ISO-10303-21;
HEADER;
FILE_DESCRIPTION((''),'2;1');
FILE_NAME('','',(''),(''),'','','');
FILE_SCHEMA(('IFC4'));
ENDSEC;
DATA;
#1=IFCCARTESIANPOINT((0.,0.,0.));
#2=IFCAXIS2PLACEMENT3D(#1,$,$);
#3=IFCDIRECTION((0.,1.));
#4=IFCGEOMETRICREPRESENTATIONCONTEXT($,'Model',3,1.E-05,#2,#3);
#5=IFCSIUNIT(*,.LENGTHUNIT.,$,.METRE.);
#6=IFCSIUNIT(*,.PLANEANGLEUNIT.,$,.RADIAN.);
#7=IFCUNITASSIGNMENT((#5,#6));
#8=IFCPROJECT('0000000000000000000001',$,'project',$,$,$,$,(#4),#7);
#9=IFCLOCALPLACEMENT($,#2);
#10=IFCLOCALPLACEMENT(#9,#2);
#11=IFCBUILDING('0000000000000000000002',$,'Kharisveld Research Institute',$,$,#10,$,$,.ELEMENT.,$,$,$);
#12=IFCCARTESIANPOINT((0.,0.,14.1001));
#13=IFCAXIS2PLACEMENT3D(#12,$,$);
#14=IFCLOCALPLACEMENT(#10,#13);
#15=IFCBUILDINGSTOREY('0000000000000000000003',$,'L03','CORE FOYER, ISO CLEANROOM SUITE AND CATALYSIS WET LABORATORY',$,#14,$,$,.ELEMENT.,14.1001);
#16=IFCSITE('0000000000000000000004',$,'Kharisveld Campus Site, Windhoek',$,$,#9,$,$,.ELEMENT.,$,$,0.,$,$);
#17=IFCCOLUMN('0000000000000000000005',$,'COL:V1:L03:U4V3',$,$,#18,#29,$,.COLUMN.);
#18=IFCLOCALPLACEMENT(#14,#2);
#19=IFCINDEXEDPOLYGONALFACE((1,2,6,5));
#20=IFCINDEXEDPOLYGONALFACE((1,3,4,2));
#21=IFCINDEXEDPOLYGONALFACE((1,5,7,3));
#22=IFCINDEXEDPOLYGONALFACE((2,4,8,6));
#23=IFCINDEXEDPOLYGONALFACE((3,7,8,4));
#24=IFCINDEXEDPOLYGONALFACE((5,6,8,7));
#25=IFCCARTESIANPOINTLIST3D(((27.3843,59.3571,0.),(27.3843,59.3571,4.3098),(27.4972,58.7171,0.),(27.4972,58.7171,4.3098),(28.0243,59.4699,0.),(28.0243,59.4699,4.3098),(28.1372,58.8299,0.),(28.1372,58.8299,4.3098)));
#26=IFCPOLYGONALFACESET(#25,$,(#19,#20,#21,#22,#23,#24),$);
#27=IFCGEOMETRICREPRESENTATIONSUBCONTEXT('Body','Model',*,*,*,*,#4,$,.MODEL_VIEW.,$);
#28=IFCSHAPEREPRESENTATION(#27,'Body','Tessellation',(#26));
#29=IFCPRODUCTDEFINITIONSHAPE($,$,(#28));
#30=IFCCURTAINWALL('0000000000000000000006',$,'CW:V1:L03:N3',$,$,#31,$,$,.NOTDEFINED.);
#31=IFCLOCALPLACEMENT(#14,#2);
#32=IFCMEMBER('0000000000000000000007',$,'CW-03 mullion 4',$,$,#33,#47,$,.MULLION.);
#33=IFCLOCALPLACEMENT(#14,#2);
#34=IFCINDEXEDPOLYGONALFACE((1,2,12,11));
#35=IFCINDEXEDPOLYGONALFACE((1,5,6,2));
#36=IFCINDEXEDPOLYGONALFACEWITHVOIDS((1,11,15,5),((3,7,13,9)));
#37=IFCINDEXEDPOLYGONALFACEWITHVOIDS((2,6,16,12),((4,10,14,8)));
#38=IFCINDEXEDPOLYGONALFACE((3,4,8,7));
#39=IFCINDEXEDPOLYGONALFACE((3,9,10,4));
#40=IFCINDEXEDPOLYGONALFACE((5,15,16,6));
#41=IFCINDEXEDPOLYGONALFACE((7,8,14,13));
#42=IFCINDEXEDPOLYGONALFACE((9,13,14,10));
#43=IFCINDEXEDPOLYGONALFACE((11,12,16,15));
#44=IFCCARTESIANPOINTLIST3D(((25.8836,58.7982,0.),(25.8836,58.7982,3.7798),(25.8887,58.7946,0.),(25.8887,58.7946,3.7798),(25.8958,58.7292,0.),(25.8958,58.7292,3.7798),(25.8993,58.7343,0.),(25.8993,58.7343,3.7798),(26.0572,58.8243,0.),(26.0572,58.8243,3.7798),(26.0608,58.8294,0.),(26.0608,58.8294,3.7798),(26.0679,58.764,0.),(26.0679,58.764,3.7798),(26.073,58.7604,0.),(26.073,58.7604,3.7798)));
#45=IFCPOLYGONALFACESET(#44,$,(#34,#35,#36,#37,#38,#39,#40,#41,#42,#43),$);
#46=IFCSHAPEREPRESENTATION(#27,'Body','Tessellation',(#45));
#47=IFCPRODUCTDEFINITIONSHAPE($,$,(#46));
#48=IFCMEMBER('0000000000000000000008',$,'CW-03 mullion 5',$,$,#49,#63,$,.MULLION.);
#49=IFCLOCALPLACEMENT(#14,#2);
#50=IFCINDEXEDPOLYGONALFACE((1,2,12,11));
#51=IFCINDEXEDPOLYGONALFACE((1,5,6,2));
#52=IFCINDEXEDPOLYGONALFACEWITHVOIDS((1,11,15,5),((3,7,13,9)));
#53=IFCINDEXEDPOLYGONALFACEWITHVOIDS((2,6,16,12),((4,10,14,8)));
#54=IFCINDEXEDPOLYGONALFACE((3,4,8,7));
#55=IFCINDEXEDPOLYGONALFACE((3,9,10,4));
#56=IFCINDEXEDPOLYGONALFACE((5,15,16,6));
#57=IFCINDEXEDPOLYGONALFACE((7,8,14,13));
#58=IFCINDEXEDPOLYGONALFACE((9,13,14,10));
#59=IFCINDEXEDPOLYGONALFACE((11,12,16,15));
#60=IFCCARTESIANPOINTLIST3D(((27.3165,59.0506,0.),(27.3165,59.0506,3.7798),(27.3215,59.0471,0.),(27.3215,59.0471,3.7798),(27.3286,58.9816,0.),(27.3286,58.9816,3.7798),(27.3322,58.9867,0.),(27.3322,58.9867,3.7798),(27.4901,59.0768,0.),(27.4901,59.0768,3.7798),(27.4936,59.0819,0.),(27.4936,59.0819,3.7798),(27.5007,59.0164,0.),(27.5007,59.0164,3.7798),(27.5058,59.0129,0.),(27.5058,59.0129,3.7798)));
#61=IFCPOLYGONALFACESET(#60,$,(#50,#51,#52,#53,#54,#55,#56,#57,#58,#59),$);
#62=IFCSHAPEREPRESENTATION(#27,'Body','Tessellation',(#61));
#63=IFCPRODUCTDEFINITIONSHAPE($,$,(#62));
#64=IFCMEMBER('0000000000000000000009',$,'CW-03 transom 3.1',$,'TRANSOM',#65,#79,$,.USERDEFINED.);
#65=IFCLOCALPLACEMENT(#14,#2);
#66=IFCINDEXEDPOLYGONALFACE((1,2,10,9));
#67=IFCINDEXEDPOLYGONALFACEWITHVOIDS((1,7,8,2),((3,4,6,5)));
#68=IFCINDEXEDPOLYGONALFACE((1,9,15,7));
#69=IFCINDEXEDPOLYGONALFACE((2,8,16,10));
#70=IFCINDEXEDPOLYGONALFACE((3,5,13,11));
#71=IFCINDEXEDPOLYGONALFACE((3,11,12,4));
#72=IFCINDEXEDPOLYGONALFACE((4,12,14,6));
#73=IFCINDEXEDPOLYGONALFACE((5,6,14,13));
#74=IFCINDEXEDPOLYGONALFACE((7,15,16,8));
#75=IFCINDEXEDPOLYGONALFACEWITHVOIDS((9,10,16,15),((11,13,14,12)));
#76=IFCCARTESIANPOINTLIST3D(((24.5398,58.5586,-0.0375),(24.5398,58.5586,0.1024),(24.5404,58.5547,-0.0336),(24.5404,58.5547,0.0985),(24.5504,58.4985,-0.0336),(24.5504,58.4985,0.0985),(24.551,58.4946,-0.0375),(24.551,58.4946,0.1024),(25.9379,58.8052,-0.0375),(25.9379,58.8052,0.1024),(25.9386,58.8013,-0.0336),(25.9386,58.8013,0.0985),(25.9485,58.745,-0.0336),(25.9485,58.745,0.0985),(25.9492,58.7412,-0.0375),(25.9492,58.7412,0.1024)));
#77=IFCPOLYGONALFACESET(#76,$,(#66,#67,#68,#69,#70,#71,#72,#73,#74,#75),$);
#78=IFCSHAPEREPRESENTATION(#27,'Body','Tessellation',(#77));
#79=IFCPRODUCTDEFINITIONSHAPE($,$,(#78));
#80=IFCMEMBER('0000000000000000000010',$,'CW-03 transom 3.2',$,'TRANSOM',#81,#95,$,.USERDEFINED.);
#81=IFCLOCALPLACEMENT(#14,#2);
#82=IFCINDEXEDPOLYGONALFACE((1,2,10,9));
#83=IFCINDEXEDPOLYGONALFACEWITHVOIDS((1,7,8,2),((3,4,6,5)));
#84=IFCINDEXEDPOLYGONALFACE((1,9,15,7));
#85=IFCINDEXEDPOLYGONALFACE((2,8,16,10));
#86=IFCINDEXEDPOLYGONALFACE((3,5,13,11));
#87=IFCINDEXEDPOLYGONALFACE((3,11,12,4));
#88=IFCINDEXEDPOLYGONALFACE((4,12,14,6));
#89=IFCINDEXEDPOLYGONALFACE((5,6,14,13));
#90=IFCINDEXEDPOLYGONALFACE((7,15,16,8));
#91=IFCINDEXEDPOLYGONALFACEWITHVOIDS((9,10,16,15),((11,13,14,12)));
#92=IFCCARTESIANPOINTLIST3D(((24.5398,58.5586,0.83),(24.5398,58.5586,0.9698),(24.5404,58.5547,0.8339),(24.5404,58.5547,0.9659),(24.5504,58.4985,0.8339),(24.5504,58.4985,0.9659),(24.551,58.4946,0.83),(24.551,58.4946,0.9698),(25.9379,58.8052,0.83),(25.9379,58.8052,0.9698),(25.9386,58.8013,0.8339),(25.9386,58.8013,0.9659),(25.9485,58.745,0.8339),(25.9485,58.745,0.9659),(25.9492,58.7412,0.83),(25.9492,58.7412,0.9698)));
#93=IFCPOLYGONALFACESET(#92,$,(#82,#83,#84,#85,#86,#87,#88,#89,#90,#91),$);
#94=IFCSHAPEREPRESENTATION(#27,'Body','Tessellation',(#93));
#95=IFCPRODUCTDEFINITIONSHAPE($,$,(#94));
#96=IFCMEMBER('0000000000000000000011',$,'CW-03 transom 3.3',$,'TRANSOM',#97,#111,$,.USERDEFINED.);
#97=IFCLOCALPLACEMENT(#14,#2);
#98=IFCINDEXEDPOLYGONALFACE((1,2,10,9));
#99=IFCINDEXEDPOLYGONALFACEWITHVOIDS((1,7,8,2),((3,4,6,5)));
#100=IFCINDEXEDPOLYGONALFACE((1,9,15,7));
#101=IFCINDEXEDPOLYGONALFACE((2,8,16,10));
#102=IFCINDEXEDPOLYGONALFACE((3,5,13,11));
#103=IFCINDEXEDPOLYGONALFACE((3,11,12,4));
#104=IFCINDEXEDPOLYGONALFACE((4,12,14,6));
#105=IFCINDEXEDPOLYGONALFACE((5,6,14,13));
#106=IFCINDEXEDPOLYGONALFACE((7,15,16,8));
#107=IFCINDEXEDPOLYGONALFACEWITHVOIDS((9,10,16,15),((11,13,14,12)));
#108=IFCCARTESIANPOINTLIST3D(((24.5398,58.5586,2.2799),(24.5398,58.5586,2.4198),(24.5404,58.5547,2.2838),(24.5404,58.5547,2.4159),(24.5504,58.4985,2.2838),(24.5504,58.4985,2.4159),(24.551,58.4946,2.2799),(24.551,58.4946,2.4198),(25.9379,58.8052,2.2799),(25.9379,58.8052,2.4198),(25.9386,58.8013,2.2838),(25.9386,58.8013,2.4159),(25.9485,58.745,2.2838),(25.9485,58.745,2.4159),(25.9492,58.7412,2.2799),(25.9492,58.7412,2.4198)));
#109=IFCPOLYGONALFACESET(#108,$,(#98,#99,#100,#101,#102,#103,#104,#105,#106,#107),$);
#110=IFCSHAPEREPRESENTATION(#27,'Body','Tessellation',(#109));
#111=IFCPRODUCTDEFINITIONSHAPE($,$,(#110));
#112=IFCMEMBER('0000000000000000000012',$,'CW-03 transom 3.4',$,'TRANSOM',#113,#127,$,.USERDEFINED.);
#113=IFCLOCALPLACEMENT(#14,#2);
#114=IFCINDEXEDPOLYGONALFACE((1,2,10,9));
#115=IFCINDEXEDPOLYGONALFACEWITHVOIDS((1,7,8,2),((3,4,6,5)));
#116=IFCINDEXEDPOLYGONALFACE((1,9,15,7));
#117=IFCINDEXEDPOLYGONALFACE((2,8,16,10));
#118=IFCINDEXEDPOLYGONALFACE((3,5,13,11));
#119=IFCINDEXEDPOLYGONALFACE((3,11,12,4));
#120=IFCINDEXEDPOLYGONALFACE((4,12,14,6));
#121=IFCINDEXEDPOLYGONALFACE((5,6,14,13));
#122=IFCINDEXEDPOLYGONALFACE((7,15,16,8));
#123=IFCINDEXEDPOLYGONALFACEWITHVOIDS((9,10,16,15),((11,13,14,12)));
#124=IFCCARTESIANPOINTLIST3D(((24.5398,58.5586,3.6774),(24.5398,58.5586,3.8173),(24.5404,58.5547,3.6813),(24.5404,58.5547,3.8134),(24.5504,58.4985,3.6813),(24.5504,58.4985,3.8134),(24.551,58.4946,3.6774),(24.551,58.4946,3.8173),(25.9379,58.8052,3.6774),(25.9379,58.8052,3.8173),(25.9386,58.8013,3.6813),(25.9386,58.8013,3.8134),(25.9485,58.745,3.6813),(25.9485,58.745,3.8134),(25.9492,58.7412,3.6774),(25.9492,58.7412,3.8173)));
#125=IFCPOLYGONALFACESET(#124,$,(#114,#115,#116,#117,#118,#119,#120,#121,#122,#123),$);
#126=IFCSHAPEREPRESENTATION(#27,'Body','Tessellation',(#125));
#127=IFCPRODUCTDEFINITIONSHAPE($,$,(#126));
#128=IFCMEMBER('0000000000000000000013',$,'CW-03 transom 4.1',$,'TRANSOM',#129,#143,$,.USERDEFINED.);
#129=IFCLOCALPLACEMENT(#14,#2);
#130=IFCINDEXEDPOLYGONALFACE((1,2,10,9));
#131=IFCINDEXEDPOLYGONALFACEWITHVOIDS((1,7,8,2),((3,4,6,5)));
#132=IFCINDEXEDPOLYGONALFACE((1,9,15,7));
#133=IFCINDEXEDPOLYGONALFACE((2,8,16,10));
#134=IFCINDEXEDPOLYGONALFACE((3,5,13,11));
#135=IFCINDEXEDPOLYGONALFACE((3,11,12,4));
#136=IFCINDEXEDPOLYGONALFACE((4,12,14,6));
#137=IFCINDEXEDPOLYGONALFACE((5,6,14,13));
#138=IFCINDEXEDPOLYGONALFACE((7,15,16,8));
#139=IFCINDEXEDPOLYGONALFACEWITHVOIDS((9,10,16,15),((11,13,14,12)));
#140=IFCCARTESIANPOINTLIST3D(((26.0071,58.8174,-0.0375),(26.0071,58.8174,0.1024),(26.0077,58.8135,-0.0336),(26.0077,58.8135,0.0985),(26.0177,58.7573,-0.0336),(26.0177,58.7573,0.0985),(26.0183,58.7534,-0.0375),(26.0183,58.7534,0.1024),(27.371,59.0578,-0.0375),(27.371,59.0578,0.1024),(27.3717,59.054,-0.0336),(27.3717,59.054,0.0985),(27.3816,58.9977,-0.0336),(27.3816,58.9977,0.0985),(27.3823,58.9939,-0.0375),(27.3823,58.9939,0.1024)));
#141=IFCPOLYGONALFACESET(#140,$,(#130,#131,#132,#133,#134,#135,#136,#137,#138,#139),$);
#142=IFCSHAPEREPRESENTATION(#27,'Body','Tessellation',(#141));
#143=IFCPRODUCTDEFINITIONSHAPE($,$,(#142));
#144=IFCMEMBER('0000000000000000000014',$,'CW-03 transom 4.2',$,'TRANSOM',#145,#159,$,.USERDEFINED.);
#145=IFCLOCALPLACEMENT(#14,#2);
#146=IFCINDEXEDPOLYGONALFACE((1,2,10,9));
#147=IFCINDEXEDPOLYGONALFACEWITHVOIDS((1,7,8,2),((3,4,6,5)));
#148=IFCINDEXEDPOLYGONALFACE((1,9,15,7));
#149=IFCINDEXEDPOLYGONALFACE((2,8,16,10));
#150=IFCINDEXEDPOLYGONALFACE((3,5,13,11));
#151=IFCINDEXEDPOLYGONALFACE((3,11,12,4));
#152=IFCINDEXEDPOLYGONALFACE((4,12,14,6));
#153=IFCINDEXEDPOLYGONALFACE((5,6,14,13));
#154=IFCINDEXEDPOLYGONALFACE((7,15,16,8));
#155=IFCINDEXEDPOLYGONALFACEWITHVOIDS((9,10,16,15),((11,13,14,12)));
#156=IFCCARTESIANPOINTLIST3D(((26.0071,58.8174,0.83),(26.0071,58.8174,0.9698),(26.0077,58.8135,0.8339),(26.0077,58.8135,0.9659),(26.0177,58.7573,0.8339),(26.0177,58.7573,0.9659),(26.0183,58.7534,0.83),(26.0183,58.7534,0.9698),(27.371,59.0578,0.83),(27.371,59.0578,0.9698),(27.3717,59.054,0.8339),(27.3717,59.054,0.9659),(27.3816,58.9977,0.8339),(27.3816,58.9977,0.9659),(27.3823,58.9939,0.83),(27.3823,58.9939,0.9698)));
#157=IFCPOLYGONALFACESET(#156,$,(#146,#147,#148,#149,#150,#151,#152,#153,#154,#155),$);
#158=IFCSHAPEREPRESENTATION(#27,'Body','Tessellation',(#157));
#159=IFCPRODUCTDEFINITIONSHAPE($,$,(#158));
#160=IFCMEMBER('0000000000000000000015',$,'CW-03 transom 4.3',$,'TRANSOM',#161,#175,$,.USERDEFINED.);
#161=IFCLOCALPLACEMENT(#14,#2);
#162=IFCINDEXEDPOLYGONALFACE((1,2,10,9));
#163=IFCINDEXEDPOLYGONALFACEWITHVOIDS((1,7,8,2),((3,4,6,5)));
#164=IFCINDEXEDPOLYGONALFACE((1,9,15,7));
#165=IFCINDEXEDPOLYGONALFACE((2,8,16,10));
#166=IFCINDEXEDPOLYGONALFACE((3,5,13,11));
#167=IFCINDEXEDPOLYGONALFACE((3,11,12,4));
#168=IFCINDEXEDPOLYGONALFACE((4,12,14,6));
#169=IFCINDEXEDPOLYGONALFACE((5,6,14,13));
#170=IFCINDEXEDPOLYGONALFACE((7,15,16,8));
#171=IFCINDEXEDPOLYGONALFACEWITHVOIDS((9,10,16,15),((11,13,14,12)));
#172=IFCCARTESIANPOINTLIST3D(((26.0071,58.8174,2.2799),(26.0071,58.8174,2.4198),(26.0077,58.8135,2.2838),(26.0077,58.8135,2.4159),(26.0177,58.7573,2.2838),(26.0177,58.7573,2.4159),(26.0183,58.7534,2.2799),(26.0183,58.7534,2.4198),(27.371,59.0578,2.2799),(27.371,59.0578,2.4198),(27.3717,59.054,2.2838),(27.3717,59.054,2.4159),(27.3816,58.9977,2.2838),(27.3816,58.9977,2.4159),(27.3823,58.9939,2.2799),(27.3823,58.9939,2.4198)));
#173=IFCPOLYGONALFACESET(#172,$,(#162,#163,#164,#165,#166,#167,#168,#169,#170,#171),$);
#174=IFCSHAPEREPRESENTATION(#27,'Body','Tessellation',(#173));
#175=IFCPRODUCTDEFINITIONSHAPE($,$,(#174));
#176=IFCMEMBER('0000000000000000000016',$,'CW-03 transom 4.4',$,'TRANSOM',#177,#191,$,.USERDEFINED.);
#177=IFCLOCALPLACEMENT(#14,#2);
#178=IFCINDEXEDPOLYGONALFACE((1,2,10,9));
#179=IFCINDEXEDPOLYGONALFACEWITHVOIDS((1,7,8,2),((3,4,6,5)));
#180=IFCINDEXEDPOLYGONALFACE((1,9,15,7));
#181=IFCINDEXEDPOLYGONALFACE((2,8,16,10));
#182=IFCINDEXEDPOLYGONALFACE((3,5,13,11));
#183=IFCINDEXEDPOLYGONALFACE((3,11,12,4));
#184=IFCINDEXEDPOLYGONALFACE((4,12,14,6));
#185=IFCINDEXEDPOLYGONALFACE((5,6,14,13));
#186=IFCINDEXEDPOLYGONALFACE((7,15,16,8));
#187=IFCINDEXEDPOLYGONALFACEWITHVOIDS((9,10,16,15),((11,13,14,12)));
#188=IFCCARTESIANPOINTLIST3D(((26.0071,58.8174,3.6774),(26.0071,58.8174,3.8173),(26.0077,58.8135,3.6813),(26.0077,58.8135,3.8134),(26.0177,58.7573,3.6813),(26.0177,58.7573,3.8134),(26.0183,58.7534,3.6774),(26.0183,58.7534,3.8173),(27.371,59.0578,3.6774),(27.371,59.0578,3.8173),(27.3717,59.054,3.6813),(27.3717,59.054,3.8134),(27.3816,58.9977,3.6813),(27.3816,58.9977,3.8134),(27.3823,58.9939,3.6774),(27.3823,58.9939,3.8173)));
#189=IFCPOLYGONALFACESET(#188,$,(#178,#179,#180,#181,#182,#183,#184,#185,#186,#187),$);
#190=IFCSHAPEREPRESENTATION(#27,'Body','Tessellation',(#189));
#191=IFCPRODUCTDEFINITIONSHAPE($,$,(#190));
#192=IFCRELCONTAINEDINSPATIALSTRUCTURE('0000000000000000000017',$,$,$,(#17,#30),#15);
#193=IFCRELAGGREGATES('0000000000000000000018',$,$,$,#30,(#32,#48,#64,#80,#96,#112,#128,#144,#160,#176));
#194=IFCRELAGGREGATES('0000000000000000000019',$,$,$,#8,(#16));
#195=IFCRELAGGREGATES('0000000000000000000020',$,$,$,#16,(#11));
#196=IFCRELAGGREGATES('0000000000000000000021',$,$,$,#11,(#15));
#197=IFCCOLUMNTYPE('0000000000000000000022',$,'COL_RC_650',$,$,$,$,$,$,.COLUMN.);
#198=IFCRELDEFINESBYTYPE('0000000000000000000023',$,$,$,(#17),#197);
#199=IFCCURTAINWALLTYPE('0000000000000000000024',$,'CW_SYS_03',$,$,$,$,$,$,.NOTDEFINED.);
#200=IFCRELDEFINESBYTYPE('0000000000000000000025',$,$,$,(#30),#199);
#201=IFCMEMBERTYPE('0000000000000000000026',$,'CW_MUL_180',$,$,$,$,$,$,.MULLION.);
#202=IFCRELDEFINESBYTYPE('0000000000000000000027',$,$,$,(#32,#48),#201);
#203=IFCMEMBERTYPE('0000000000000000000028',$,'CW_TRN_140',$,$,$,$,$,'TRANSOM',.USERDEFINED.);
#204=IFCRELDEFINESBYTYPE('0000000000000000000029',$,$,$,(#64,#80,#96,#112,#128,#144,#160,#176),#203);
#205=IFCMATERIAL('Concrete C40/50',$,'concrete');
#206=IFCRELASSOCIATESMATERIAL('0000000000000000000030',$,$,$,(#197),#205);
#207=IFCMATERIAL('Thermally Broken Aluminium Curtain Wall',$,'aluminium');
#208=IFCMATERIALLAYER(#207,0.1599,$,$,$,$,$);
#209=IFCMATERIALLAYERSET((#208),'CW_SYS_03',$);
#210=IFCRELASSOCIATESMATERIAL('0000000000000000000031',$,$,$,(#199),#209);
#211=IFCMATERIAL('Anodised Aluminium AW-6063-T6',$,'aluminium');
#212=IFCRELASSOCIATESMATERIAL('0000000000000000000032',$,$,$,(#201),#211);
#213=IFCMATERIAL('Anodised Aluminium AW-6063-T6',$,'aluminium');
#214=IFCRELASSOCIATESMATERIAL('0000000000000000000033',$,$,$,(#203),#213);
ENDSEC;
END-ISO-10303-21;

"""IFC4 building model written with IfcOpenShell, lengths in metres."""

from ifc_helpers import new_model, si_unit, direction, frame, origin, origin_2d, place, context, subcontext, project, spatial, rectangle, hollow_rectangle, extrude, material, layer, layer_set, material_profile, profile_set, type_object, element, aggregate, save


model = new_model("IFC4")

# Units and contexts
model_context = context("Model", 3, precision=1e-05, world=origin(), true_north=direction((0.0, 1.0)))
body_context = subcontext(model_context, "Body", "Model", "MODEL_VIEW")
ifc_project = project(units=[si_unit("LENGTHUNIT", "METRE"), si_unit("PLANEANGLEUNIT", "RADIAN")], contexts=[model_context])

# Site, building, storey
site_placement = place(None, origin())
site = spatial("IfcSite", under=ifc_project, at=site_placement, Name="Kharisveld Campus Site, Windhoek", CompositionType="ELEMENT", RefElevation=0.0)
building_placement = place(site_placement, origin())
building = spatial("IfcBuilding", under=site, at=building_placement, Name="Kharisveld Research Institute", CompositionType="ELEMENT")
storey_placement = place(building_placement, frame((0.0, 0.0, 14.1001)))
storey = spatial("IfcBuildingStorey", under=building, at=storey_placement, Name="L03", Description="CORE FOYER, ISO CLEANROOM SUITE AND CATALYSIS WET LABORATORY", CompositionType="ELEMENT", Elevation=14.1001)

# Column
ifc_material_1 = material(Name="Concrete C40/50", Category="concrete")
ifc_material_profile_1 = material_profile(ifc_material_1, rectangle(XDim=0.6499, YDim=0.6499, at=origin_2d()))
ifc_profile_set_1 = profile_set([ifc_material_profile_1], Name="Concrete C40/50")
column_type = type_object("IfcColumnType", Name="COL_RC_650", PredefinedType="COLUMN", material=ifc_profile_set_1)
column_placement = place(storey_placement, frame((27.7607, 59.0935, 0.0), z_axis=(0.0, 0.0, 1.0), x_axis=(0.984808, 0.173648, 0.0)))
element("IfcColumn", 1, at=column_placement, inside=storey, type_object=column_type, Name="COL:V1:L03:U4V3", PredefinedType="COLUMN", context=body_context, shape_type="SweptSolid", body=[
    extrude(rectangle(XDim=0.6499, YDim=0.6499, at=origin_2d()), origin(), (0.0, 0.0, 1.0), 4.3098),
])

# Curtain wall, members
ifc_material_2 = material(Name="Thermally Broken Aluminium Curtain Wall", Category="aluminium")
ifc_layer_1 = layer(ifc_material_2, 0.1599)
ifc_layer_set_1 = layer_set([ifc_layer_1], Name="CW_SYS_03")
curtain_wall_type = type_object("IfcCurtainWallType", Name="CW_SYS_03", PredefinedType="NOTDEFINED", material=ifc_layer_set_1)
curtain_wall_placement = place(storey_placement, origin())
curtain_wall = element("IfcCurtainWall", 2, at=curtain_wall_placement, inside=storey, type_object=curtain_wall_type, Name="CW:V1:L03:N3", PredefinedType="NOTDEFINED")
ifc_material_3 = material(Name="Anodised Aluminium AW-6063-T6", Category="aluminium")
ifc_material_profile_2 = material_profile(ifc_material_3, hollow_rectangle(XDim=0.0701, YDim=0.1799, WallThickness=0.0044, at=origin_2d()))
ifc_profile_set_2 = profile_set([ifc_material_profile_2], Name="Anodised Aluminium AW-6063-T6")
member_type_1 = type_object("IfcMemberType", Name="CW_MUL_180", PredefinedType="MULLION", material=ifc_profile_set_2)
member_1_placement = place(storey_placement, frame((25.9783, 58.7793, 0.0), z_axis=(0.0, 0.0, 1.0), x_axis=(-0.173648, 0.984808, 0.0)))
member_1 = element("IfcMember", 3, at=member_1_placement, type_object=member_type_1, Name="CW-03 mullion 4", PredefinedType="MULLION", context=body_context, shape_type="SweptSolid", body=[
    extrude(hollow_rectangle(XDim=0.0701, YDim=0.1799, WallThickness=0.0044, at=origin_2d()), origin(), (0.0, 0.0, 1.0), 3.7798),
])
member_2_placement = place(storey_placement, frame((27.4111, 59.0317, 0.0), z_axis=(0.0, 0.0, 1.0), x_axis=(-0.173648, 0.984808, 0.0)))
member_2 = element("IfcMember", 4, at=member_2_placement, type_object=member_type_1, Name="CW-03 mullion 5", PredefinedType="MULLION", context=body_context, shape_type="SweptSolid", body=[
    extrude(hollow_rectangle(XDim=0.0701, YDim=0.1799, WallThickness=0.0044, at=origin_2d()), origin(), (0.0, 0.0, 1.0), 3.7798),
])
ifc_material_4 = material(Name="Anodised Aluminium AW-6063-T6", Category="aluminium")
ifc_material_profile_3 = material_profile(ifc_material_4, hollow_rectangle(XDim=0.0649, YDim=0.1399, WallThickness=0.0039, at=origin_2d()))
ifc_profile_set_3 = profile_set([ifc_material_profile_3], Name="Anodised Aluminium AW-6063-T6")
member_type_2 = type_object("IfcMemberType", Name="CW_TRN_140", ElementType="TRANSOM", PredefinedType="USERDEFINED", material=ifc_profile_set_3)
member_3_placement = place(storey_placement, frame((24.5454, 58.5266, 0.0325), z_axis=(0.984803, 0.173677, 0.0), x_axis=(-0.173677, 0.984803, 0.0)))
member_3 = element("IfcMember", 5, at=member_3_placement, type_object=member_type_2, Name="CW-03 transom 3.1", ObjectType="TRANSOM", PredefinedType="USERDEFINED", context=body_context, shape_type="SweptSolid", body=[
    extrude(hollow_rectangle(XDim=0.0649, YDim=0.1399, WallThickness=0.0039, at=origin_2d()), origin(), (0.0, 0.0, 1.0), 1.4197),
])
member_4_placement = place(storey_placement, frame((24.5454, 58.5266, 0.8999), z_axis=(0.984803, 0.173677, 0.0), x_axis=(-0.173677, 0.984803, 0.0)))
member_4 = element("IfcMember", 6, at=member_4_placement, type_object=member_type_2, Name="CW-03 transom 3.2", ObjectType="TRANSOM", PredefinedType="USERDEFINED", context=body_context, shape_type="SweptSolid", body=[
    extrude(hollow_rectangle(XDim=0.0649, YDim=0.1399, WallThickness=0.0039, at=origin_2d()), origin(), (0.0, 0.0, 1.0), 1.4197),
])
member_5_placement = place(storey_placement, frame((24.5454, 58.5266, 2.3499), z_axis=(0.984803, 0.173677, 0.0), x_axis=(-0.173677, 0.984803, 0.0)))
member_5 = element("IfcMember", 7, at=member_5_placement, type_object=member_type_2, Name="CW-03 transom 3.3", ObjectType="TRANSOM", PredefinedType="USERDEFINED", context=body_context, shape_type="SweptSolid", body=[
    extrude(hollow_rectangle(XDim=0.0649, YDim=0.1399, WallThickness=0.0039, at=origin_2d()), origin(), (0.0, 0.0, 1.0), 1.4197),
])
member_6_placement = place(storey_placement, frame((24.5454, 58.5266, 3.7473), z_axis=(0.984803, 0.173677, 0.0), x_axis=(-0.173677, 0.984803, 0.0)))
member_6 = element("IfcMember", 8, at=member_6_placement, type_object=member_type_2, Name="CW-03 transom 3.4", ObjectType="TRANSOM", PredefinedType="USERDEFINED", context=body_context, shape_type="SweptSolid", body=[
    extrude(hollow_rectangle(XDim=0.0649, YDim=0.1399, WallThickness=0.0039, at=origin_2d()), origin(), (0.0, 0.0, 1.0), 1.4197),
])
member_7_placement = place(storey_placement, frame((26.0127, 58.7854, 0.0325), z_axis=(0.984812, 0.173624, 0.0), x_axis=(-0.173624, 0.984812, 0.0)))
member_7 = element("IfcMember", 9, at=member_7_placement, type_object=member_type_2, Name="CW-03 transom 4.1", ObjectType="TRANSOM", PredefinedType="USERDEFINED", context=body_context, shape_type="SweptSolid", body=[
    extrude(hollow_rectangle(XDim=0.0649, YDim=0.1399, WallThickness=0.0039, at=origin_2d()), origin(), (0.0, 0.0, 1.0), 1.385),
])
member_8_placement = place(storey_placement, frame((26.0127, 58.7854, 0.8999), z_axis=(0.984812, 0.173624, 0.0), x_axis=(-0.173624, 0.984812, 0.0)))
member_8 = element("IfcMember", 10, at=member_8_placement, type_object=member_type_2, Name="CW-03 transom 4.2", ObjectType="TRANSOM", PredefinedType="USERDEFINED", context=body_context, shape_type="SweptSolid", body=[
    extrude(hollow_rectangle(XDim=0.0649, YDim=0.1399, WallThickness=0.0039, at=origin_2d()), origin(), (0.0, 0.0, 1.0), 1.385),
])
member_9_placement = place(storey_placement, frame((26.0127, 58.7854, 2.3499), z_axis=(0.984812, 0.173624, 0.0), x_axis=(-0.173624, 0.984812, 0.0)))
member_9 = element("IfcMember", 11, at=member_9_placement, type_object=member_type_2, Name="CW-03 transom 4.3", ObjectType="TRANSOM", PredefinedType="USERDEFINED", context=body_context, shape_type="SweptSolid", body=[
    extrude(hollow_rectangle(XDim=0.0649, YDim=0.1399, WallThickness=0.0039, at=origin_2d()), origin(), (0.0, 0.0, 1.0), 1.385),
])
member_10_placement = place(storey_placement, frame((26.0127, 58.7854, 3.7473), z_axis=(0.984812, 0.173624, 0.0), x_axis=(-0.173624, 0.984812, 0.0)))
member_10 = element("IfcMember", 12, at=member_10_placement, type_object=member_type_2, Name="CW-03 transom 4.4", ObjectType="TRANSOM", PredefinedType="USERDEFINED", context=body_context, shape_type="SweptSolid", body=[
    extrude(hollow_rectangle(XDim=0.0649, YDim=0.1399, WallThickness=0.0039, at=origin_2d()), origin(), (0.0, 0.0, 1.0), 1.385),
])

aggregate(curtain_wall, [member_1, member_2, member_3, member_4, member_5, member_6, member_7, member_8, member_9, member_10])

save(model, "model.ifc")
